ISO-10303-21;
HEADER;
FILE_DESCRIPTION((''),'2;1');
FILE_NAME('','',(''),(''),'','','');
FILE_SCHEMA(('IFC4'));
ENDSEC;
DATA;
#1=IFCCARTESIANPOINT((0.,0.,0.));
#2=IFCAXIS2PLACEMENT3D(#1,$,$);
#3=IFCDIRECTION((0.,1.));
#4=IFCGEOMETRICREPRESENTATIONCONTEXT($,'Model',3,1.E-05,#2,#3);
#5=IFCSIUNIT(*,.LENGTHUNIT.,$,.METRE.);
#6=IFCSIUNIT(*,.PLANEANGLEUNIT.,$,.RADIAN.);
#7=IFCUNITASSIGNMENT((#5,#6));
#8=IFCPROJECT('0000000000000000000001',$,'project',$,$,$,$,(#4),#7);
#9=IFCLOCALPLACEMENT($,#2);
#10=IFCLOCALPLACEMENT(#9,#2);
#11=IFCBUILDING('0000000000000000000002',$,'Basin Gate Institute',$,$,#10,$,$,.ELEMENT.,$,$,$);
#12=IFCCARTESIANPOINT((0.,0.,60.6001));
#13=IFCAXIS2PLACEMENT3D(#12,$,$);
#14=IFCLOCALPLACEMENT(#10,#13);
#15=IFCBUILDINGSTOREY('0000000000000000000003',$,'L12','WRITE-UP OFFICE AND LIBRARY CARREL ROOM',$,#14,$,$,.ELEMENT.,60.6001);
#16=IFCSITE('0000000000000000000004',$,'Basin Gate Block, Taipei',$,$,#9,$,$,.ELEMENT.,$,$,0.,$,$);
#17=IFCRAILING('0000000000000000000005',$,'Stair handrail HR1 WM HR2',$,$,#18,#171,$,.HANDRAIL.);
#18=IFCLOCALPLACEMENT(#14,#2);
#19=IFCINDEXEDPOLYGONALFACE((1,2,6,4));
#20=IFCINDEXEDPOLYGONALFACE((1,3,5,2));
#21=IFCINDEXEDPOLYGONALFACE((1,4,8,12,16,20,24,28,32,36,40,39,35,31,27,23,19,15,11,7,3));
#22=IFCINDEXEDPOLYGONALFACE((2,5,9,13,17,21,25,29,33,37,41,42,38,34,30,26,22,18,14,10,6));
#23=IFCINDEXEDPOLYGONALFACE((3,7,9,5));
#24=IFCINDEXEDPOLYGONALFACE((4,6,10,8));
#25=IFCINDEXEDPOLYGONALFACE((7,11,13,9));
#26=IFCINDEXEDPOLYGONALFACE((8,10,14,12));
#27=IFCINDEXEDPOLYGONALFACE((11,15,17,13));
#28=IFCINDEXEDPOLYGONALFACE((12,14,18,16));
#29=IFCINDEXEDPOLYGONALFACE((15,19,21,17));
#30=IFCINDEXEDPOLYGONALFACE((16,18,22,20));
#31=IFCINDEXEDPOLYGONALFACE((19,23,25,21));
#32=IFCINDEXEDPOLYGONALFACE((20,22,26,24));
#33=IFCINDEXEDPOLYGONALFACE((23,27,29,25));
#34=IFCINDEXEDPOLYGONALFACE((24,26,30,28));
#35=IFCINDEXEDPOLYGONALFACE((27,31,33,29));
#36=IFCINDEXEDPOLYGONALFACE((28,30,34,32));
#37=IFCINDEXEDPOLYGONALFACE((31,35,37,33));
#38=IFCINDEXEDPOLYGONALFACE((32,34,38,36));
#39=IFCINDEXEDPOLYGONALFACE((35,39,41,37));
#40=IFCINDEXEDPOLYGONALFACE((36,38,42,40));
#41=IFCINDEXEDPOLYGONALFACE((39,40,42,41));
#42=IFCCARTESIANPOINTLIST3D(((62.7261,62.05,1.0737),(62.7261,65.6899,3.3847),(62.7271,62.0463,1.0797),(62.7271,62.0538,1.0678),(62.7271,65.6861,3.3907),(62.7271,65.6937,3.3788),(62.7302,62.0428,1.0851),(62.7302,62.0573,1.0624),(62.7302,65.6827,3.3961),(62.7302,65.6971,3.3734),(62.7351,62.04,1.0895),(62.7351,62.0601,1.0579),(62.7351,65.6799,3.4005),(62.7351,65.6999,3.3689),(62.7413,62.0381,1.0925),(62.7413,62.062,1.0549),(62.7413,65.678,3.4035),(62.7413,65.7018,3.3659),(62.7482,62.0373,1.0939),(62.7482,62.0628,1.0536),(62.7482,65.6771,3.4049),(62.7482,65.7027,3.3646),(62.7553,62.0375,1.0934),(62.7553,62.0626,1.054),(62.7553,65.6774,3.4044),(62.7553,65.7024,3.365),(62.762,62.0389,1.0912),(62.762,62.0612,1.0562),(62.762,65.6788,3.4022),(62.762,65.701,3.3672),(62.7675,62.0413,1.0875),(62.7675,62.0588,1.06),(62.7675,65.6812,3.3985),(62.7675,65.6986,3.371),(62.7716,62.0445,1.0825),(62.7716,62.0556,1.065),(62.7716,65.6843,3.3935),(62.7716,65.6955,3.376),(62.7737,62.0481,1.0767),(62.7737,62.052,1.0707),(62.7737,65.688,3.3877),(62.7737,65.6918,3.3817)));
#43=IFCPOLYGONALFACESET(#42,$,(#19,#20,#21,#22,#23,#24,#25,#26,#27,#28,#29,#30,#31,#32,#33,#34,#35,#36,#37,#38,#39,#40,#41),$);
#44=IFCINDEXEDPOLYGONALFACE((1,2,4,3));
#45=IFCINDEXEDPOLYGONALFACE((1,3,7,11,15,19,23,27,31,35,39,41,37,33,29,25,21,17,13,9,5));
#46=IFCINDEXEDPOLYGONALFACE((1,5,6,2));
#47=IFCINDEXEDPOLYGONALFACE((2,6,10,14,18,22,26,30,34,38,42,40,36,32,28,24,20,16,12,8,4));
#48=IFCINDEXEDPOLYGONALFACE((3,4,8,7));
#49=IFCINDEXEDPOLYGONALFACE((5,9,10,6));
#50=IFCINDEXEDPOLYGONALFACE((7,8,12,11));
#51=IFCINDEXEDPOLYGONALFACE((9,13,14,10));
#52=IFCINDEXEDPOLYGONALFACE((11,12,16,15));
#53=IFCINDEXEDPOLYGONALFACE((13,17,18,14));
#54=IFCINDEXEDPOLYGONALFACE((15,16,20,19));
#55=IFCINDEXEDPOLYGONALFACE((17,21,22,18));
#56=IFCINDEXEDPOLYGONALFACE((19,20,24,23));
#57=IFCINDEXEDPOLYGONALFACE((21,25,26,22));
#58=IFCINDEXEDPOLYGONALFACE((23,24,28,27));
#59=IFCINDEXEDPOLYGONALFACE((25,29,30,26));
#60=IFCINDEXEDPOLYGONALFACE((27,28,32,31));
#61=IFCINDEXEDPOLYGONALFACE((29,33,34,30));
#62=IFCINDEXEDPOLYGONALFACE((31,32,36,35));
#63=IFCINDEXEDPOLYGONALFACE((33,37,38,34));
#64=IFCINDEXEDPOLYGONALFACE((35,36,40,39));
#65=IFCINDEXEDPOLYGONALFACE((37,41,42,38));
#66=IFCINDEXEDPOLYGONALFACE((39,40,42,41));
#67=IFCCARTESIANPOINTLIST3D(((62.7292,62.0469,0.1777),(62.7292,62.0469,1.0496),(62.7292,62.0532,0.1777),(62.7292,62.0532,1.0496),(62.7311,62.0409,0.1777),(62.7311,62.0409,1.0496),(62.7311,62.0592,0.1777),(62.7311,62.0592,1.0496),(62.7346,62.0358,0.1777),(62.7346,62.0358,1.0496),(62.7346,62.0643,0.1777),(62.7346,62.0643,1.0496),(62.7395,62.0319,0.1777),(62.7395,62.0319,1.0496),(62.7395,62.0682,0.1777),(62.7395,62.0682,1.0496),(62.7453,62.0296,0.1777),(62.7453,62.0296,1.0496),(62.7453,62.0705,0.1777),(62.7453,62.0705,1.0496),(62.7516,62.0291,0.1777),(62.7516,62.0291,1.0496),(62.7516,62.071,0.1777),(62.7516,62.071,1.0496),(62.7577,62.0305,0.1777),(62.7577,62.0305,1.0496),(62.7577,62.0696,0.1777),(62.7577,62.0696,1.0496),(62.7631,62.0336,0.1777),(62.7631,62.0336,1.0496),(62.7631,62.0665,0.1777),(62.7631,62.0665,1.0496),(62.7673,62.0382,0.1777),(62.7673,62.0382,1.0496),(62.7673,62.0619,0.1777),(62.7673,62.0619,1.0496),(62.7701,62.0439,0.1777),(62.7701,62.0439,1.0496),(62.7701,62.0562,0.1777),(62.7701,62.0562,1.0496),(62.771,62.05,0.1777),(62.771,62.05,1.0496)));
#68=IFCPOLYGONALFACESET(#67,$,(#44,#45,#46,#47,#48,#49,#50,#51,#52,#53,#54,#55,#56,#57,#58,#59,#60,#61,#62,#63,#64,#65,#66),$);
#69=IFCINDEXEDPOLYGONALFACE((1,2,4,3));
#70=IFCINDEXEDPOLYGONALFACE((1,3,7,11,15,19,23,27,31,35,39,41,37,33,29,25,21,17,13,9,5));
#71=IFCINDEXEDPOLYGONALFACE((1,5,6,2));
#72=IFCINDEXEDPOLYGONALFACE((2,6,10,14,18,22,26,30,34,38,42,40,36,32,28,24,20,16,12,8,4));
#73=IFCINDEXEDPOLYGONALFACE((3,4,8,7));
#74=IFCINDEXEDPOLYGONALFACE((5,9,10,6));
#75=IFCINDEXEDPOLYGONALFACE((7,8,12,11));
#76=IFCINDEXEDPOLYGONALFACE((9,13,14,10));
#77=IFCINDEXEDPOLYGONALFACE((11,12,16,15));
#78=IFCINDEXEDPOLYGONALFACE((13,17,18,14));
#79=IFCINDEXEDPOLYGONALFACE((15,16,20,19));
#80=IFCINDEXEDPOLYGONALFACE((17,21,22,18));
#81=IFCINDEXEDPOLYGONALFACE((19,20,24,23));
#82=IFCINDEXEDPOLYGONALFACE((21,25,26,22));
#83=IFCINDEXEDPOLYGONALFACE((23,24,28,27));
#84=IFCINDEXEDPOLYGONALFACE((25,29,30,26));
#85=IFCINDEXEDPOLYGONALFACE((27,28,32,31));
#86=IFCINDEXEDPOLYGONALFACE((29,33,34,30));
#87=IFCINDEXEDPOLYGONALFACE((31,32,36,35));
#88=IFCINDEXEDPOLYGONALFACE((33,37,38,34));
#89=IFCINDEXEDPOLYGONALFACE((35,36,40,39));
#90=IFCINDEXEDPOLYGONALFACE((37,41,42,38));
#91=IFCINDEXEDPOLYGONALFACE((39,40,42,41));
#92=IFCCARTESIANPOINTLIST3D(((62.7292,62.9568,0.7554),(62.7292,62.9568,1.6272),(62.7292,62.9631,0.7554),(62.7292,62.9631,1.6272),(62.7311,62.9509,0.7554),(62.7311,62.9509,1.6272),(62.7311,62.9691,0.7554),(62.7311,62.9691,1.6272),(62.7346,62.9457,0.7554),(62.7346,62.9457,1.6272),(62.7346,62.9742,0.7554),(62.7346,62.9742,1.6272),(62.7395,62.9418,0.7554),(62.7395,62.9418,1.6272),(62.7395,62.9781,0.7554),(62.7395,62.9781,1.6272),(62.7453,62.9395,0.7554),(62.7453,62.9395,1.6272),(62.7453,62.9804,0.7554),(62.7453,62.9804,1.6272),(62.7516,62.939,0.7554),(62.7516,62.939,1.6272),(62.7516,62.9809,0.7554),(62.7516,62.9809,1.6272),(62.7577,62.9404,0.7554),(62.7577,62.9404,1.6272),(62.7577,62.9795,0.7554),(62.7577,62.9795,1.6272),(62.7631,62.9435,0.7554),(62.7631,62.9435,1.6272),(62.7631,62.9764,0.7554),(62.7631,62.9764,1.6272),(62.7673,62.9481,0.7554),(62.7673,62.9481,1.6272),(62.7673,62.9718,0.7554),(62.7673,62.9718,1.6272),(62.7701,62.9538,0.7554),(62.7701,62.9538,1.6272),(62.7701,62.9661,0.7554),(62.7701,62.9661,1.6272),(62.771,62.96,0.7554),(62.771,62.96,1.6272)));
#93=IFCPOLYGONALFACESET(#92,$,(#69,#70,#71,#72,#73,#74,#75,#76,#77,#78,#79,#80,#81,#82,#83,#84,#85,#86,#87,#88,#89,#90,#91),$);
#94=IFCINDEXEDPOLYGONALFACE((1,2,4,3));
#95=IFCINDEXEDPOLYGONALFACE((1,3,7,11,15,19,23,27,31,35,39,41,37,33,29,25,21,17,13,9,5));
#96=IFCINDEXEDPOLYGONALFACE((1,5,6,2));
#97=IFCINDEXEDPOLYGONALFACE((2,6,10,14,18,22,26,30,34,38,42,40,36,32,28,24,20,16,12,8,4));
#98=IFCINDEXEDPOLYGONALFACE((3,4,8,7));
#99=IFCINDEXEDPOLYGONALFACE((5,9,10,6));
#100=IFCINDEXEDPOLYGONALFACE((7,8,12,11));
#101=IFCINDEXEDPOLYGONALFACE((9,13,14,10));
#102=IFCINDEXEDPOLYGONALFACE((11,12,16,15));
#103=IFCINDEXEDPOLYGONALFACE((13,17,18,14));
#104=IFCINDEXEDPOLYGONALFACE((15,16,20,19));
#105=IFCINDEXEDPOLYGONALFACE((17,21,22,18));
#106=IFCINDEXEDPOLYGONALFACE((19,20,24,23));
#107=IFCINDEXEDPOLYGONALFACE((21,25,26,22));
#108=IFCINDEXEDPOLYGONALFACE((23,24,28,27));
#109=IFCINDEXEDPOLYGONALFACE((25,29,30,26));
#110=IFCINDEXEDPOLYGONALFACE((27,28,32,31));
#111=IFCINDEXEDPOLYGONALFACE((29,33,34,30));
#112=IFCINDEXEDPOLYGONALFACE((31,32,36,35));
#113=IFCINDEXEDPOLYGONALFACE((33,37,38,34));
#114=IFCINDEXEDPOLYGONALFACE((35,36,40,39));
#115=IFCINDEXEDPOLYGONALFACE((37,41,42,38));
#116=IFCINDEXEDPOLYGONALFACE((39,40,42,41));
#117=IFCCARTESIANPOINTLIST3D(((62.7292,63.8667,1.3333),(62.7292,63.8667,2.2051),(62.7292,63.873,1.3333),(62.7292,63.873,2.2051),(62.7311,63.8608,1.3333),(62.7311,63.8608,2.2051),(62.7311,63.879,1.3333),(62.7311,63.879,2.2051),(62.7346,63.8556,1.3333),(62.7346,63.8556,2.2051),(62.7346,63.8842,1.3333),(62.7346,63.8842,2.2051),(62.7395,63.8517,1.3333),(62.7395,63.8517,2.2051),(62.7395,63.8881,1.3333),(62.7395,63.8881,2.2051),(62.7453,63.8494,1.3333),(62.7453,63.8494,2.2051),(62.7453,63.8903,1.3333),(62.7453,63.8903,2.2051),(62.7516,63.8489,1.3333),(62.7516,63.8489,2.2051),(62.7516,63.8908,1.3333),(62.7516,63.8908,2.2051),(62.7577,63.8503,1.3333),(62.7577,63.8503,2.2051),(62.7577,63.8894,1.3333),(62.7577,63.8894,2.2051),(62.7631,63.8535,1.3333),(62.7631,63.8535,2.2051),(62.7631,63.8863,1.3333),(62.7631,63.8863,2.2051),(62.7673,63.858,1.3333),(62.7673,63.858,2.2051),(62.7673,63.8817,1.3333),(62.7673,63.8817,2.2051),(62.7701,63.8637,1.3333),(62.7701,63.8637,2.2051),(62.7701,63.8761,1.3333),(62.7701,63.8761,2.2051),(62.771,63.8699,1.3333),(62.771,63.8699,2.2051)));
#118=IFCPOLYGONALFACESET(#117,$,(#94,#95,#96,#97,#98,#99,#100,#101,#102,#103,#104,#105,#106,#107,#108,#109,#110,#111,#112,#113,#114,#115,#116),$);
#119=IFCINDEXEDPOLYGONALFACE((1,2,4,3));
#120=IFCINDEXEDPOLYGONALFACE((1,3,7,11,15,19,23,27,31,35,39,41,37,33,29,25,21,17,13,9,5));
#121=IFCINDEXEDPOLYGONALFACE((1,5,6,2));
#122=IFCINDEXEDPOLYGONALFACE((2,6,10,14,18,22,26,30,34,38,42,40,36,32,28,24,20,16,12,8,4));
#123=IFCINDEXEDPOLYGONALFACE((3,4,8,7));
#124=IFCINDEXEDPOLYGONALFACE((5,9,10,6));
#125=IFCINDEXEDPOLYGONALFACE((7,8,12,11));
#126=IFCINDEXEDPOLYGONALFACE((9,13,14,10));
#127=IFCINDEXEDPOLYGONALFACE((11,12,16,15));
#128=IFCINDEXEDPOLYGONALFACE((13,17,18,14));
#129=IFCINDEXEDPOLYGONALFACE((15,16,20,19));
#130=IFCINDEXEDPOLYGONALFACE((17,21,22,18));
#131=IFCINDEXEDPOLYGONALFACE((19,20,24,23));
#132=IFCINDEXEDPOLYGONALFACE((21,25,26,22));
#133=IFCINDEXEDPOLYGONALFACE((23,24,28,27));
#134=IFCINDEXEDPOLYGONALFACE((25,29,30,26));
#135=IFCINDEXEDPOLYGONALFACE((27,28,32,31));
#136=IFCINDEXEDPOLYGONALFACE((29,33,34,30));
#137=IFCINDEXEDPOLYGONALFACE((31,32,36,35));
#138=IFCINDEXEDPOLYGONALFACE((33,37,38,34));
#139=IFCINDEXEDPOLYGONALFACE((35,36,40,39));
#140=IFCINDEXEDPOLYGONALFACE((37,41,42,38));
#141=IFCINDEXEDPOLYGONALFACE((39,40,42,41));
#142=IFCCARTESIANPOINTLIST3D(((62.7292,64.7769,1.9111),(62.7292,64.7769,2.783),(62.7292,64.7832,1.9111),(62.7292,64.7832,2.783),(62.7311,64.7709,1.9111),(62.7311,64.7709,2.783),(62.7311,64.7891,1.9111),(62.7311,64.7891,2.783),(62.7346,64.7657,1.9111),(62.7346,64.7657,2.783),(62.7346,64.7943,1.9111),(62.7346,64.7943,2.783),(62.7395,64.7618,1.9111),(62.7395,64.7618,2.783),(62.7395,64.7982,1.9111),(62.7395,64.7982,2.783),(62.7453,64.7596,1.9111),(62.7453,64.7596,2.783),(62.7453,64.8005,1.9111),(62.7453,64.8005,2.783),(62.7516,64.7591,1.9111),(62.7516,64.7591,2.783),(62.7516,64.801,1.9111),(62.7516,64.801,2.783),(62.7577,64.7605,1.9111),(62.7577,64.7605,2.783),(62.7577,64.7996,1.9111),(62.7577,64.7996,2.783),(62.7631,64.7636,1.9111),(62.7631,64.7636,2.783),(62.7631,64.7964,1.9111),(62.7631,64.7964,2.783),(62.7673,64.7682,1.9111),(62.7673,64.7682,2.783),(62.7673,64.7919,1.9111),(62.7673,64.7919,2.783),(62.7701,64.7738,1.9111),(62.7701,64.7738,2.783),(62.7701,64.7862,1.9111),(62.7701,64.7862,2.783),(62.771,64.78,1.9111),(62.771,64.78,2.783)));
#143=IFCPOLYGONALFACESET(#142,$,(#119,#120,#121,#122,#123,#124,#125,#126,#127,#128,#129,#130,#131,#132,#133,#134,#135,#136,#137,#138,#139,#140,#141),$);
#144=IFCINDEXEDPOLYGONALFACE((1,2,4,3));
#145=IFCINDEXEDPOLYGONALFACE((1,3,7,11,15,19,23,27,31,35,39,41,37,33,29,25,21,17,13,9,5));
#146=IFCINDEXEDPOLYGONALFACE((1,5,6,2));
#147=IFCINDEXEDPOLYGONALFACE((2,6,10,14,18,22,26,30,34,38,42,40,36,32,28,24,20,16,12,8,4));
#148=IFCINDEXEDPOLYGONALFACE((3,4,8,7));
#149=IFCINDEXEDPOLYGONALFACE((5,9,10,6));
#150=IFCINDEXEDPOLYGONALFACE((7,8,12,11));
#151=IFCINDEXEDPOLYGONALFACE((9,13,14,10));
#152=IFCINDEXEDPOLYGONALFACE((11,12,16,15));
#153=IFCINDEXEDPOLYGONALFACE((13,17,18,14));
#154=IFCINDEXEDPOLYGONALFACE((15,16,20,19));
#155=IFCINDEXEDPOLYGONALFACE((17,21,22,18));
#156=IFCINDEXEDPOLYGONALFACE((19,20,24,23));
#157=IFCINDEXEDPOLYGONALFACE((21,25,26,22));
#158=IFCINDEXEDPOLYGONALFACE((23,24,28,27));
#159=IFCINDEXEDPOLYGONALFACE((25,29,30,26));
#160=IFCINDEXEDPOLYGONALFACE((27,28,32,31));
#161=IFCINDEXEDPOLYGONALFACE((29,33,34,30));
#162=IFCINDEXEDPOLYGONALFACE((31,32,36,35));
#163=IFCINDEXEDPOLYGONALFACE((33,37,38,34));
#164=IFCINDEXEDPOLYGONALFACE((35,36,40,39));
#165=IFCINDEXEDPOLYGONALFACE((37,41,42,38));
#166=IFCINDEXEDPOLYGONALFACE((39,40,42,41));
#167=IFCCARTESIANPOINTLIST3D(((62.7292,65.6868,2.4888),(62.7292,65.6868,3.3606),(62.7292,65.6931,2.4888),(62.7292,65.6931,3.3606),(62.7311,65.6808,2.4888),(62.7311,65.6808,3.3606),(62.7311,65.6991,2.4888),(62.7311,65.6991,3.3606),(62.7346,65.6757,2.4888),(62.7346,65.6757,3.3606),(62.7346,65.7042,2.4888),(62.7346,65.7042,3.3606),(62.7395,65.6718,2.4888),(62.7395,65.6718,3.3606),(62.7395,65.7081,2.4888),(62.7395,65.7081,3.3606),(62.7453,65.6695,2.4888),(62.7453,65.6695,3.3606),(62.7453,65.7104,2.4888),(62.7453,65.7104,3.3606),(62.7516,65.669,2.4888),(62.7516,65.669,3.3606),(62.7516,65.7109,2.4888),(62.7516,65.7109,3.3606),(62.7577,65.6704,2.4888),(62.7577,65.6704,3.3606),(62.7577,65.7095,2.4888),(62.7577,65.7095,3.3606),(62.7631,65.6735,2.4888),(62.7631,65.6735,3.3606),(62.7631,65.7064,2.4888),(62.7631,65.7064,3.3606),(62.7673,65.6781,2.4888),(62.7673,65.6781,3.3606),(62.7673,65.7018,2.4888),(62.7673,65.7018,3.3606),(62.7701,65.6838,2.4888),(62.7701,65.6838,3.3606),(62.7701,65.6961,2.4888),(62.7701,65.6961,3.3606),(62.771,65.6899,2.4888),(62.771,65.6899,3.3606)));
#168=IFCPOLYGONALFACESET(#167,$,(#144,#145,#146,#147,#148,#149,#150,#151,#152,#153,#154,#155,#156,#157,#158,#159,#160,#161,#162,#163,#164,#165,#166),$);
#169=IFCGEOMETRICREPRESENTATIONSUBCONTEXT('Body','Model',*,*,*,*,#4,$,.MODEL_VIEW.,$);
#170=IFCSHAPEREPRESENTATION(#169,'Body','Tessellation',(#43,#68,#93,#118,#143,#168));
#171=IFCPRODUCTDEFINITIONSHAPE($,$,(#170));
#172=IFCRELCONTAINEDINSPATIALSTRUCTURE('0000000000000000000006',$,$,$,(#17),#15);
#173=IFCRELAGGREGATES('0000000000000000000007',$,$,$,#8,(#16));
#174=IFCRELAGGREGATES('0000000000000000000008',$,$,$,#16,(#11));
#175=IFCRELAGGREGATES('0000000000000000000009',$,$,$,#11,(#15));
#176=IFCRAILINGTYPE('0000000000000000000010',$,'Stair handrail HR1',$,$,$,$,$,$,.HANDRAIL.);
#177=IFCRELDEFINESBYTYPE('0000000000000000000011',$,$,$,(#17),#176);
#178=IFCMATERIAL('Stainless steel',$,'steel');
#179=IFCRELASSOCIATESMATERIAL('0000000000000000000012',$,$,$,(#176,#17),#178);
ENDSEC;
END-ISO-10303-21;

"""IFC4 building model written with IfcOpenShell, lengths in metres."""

from ifc_helpers import new_model, si_unit, direction, frame, origin, origin_2d, place, context, subcontext, project, spatial, circle, extrude, material, type_object, element, save


model = new_model("IFC4")

# Units and contexts
model_context = context("Model", 3, precision=1e-05, world=origin(), true_north=direction((0.0, 1.0)))
body_context = subcontext(model_context, "Body", "Model", "MODEL_VIEW")
ifc_project = project(units=[si_unit("LENGTHUNIT", "METRE"), si_unit("PLANEANGLEUNIT", "RADIAN")], contexts=[model_context])

# Site, building, storey
site_placement = place(None, origin())
site = spatial("IfcSite", under=ifc_project, at=site_placement, Name="Basin Gate Block, Taipei", CompositionType="ELEMENT", RefElevation=0.0)
building_placement = place(site_placement, origin())
building = spatial("IfcBuilding", under=site, at=building_placement, Name="Basin Gate Institute", CompositionType="ELEMENT")
storey_placement = place(building_placement, frame((0.0, 0.0, 60.6001)))
storey = spatial("IfcBuildingStorey", under=building, at=storey_placement, Name="L12", Description="WRITE-UP OFFICE AND LIBRARY CARREL ROOM", CompositionType="ELEMENT", Elevation=60.6001)

# Railing
ifc_material_1 = material(Name="Stainless steel", Category="steel")
railing_type_1 = type_object("IfcRailingType", Name="Stair handrail HR1", PredefinedType="HANDRAIL", material=ifc_material_1)
for number, where, name in (
    (1, (62.75, 62.05, 0.1777), "Stair handrail HR1 WM HR2"),
):
    element("IfcRailing", number, at=place(storey_placement, frame(where)), inside=storey, type_object=railing_type_1, material=ifc_material_1, Name=name, PredefinedType="HANDRAIL", context=body_context, shape_type="SweptSolid", body=[
        extrude(circle(Radius=0.0239, at=origin_2d()), frame((0.0, 0.0, 0.896), z_axis=(0.0, 0.844214, 0.536007), x_axis=(-1.0, 0.0, 0.0)), (0.0, 0.0, 1.0), 4.3115),
        extrude(circle(Radius=0.021, at=origin_2d()), origin(), (0.0, 0.0, 1.0), 0.8718),
        extrude(circle(Radius=0.021, at=origin_2d()), frame((0.0, 0.9099, 0.5776)), (0.0, 0.0, 1.0), 0.8718),
        extrude(circle(Radius=0.021, at=origin_2d()), frame((0.0, 1.8198, 1.1555)), (0.0, 0.0, 1.0), 0.8718),
        extrude(circle(Radius=0.021, at=origin_2d()), frame((0.0, 2.73, 1.7334)), (0.0, 0.0, 1.0), 0.8718),
        extrude(circle(Radius=0.021, at=origin_2d()), frame((0.0, 3.6399, 2.311)), (0.0, 0.0, 1.0), 0.8718),
    ])

save(model, "model.ifc")
